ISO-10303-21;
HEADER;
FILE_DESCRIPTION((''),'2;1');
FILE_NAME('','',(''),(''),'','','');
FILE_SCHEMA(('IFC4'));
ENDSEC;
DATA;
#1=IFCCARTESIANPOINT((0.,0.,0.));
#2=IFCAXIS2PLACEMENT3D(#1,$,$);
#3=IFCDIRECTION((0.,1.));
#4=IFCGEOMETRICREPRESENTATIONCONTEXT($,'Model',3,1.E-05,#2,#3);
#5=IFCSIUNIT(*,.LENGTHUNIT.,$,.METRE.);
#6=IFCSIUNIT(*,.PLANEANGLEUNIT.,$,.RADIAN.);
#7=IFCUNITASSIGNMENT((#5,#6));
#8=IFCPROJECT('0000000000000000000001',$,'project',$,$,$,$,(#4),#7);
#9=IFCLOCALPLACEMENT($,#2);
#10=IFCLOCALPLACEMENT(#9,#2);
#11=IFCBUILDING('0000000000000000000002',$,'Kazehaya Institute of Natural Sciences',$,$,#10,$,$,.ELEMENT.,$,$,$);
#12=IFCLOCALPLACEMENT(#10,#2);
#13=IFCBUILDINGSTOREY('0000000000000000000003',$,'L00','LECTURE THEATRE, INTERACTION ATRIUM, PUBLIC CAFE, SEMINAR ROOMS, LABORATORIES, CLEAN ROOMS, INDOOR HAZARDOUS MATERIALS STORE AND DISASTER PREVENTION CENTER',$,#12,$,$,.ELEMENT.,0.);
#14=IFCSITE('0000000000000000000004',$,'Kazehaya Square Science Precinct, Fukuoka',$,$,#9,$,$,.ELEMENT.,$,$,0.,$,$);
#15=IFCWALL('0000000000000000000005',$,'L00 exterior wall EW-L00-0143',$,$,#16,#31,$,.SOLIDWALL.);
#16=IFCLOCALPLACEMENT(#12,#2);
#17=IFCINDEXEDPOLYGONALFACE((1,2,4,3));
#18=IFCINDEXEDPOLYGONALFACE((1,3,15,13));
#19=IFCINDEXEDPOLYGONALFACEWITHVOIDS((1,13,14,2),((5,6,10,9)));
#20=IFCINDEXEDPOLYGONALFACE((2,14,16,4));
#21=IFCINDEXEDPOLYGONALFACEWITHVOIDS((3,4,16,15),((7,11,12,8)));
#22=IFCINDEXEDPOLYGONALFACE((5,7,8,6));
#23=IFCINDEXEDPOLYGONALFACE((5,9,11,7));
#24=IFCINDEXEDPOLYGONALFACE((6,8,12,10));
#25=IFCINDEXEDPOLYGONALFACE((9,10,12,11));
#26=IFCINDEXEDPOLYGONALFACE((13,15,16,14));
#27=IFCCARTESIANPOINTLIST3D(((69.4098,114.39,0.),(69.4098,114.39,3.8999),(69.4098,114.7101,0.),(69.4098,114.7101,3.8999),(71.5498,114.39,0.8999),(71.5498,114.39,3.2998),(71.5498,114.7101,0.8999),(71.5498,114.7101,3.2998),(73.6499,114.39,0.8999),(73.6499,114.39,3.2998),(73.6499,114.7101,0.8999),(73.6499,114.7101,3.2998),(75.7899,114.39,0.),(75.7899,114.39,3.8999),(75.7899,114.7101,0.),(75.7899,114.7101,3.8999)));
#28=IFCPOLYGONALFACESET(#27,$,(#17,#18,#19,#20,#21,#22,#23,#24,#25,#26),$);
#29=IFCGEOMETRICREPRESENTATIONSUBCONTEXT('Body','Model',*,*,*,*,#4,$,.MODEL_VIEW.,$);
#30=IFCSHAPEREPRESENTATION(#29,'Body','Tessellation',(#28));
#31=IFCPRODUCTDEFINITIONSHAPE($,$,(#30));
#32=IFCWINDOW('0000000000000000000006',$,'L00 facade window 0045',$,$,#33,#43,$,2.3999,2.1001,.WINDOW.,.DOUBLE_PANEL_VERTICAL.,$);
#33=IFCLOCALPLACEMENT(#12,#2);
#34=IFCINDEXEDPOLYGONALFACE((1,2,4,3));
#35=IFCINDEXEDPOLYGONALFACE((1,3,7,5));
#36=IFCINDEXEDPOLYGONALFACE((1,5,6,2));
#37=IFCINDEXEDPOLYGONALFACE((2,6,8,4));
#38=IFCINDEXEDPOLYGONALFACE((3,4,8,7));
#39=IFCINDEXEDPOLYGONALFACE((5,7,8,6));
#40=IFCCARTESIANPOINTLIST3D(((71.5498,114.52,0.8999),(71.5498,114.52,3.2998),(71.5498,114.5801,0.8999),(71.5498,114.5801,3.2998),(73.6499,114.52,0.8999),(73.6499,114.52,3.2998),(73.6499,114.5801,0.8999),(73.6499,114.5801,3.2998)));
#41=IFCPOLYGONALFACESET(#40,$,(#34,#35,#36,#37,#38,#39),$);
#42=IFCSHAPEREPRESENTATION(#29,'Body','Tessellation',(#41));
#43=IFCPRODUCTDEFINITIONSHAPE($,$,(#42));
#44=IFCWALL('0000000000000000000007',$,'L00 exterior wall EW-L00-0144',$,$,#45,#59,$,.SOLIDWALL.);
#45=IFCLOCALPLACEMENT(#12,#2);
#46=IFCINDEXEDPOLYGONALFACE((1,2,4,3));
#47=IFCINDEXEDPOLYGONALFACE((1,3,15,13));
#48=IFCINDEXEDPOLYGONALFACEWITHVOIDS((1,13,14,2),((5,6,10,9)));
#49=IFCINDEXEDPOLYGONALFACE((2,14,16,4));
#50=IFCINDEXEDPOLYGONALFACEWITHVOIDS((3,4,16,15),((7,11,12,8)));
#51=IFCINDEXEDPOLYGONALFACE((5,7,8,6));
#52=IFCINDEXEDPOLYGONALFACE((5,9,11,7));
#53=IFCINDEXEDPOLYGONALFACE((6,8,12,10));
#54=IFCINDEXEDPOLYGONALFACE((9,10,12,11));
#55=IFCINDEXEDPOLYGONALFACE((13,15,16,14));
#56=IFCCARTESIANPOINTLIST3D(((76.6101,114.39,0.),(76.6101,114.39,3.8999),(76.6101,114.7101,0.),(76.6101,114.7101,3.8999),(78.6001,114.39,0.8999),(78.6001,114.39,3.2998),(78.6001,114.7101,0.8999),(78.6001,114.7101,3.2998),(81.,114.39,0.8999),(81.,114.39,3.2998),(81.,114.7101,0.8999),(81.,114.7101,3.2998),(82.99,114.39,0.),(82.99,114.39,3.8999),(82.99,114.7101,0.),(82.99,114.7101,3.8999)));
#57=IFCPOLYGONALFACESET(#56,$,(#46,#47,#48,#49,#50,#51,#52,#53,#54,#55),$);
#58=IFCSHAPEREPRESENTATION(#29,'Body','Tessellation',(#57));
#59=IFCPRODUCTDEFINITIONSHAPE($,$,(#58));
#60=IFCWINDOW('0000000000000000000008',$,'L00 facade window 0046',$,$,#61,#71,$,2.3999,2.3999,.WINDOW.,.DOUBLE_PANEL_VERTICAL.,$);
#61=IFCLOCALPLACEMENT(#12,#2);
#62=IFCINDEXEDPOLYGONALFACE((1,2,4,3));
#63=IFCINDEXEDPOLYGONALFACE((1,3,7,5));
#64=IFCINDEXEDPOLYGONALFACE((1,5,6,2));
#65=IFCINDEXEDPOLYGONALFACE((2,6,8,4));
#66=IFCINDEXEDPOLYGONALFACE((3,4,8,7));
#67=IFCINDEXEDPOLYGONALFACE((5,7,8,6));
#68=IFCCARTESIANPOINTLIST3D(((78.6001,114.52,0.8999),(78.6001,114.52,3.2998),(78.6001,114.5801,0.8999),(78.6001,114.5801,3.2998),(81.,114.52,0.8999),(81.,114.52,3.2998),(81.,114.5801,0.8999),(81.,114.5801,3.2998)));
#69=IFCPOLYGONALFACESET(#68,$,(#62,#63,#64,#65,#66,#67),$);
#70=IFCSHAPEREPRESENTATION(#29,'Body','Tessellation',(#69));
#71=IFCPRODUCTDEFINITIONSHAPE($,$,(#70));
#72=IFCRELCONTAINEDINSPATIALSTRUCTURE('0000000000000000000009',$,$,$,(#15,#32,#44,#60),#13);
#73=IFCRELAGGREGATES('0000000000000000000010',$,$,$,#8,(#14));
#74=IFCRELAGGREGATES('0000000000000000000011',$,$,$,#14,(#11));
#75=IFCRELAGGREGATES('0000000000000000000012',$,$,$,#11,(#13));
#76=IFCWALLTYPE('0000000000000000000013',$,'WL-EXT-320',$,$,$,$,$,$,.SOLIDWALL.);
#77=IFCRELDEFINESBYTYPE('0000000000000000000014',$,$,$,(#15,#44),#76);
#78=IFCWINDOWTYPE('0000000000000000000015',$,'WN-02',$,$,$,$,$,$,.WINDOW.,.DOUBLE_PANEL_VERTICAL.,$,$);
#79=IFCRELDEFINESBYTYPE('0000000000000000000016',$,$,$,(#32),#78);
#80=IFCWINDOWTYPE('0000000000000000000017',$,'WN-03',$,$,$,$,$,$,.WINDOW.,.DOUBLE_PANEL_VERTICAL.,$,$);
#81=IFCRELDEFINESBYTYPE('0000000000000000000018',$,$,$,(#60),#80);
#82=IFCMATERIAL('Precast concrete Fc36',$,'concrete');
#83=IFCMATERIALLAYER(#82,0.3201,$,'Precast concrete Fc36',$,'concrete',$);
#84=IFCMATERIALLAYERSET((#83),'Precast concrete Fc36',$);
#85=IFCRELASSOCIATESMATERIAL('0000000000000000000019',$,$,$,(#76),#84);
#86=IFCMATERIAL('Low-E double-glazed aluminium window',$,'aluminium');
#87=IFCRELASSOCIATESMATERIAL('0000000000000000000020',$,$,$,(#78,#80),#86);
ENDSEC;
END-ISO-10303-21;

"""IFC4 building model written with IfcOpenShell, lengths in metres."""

from ifc_helpers import new_model, si_unit, direction, frame, frame_2d, origin, place, context, subcontext, project, spatial, rectangle, extrude, material, layer, layer_set, type_object, element, fill, save


model = new_model("IFC4")

# Units and contexts
model_context = context("Model", 3, precision=1e-05, world=origin(), true_north=direction((0.0, 1.0)))
body_context = subcontext(model_context, "Body", "Model", "MODEL_VIEW")
ifc_project = project(units=[si_unit("LENGTHUNIT", "METRE"), si_unit("PLANEANGLEUNIT", "RADIAN")], contexts=[model_context])

# Site, building, storey
site_placement = place(None, origin())
site = spatial("IfcSite", under=ifc_project, at=site_placement, Name="Kazehaya Square Science Precinct, Fukuoka", CompositionType="ELEMENT", RefElevation=0.0)
building_placement = place(site_placement, origin())
building = spatial("IfcBuilding", under=site, at=building_placement, Name="Kazehaya Institute of Natural Sciences", CompositionType="ELEMENT")
storey_placement = place(building_placement, origin())
storey = spatial("IfcBuildingStorey", under=building, at=storey_placement, Name="L00", Description="LECTURE THEATRE, INTERACTION ATRIUM, PUBLIC CAFE, SEMINAR ROOMS, LABORATORIES, CLEAN ROOMS, INDOOR HAZARDOUS MATERIALS STORE AND DISASTER PREVENTION CENTER", CompositionType="ELEMENT", Elevation=0.0)

# Shared definitions
ifc_material_1 = material(Name="Precast concrete Fc36", Category="concrete")
ifc_layer = layer(ifc_material_1, 0.3201, Name="Precast concrete Fc36", Category="concrete")
ifc_layer_set = layer_set([ifc_layer], Name="Precast concrete Fc36")
wall_type = type_object("IfcWallType", Name="WL-EXT-320", PredefinedType="SOLIDWALL", material=ifc_layer_set)
ifc_material_2 = material(Name="Low-E double-glazed aluminium window", Category="aluminium")

# Walls, openings, windows
wall_1_placement = place(storey_placement, frame((69.4099, 114.55, 0.0), z_axis=(0.0, 0.0, 1.0), x_axis=(1.0, 0.0, 0.0)))
wall_1 = element("IfcWall", 1, at=wall_1_placement, inside=storey, type_object=wall_type, Name="L00 exterior wall EW-L00-0143", PredefinedType="SOLIDWALL", context=body_context, shape_type="SweptSolid", body=[
    extrude(rectangle(XDim=6.3801, YDim=0.3201, at=frame_2d((3.1899, 0.0))), origin(), (0.0, 0.0, 1.0), 3.8999),
])
opening_1_placement = place(wall_1_placement, frame((2.1399, 0.0, 0.8999)))
opening_1 = element("IfcOpeningElement", 2, at=opening_1_placement, cuts=wall_1, PredefinedType="OPENING", context=body_context, shape_type="SweptSolid", body=[
    extrude(rectangle(XDim=2.1001, YDim=2.3999, at=frame_2d((1.05, 1.2))), frame((0.0, 0.1699, 0.0), z_axis=(0.0, -1.0, 0.0), x_axis=(1.0, 0.0, 0.0)), (0.0, 0.0, 1.0), 0.3401),
])
window_type_1 = type_object("IfcWindowType", Name="WN-02", PartitioningType="DOUBLE_PANEL_VERTICAL", PredefinedType="WINDOW", material=ifc_material_2)
window_1_placement = place(opening_1_placement, origin())
window_1 = element("IfcWindow", 3, at=window_1_placement, inside=storey, type_object=window_type_1, Name="L00 facade window 0045", OverallHeight=2.3999, OverallWidth=2.1001, PartitioningType="DOUBLE_PANEL_VERTICAL", PredefinedType="WINDOW", context=body_context, shape_type="SweptSolid", body=[
    extrude(rectangle(XDim=2.1001, YDim=2.3999, at=frame_2d((1.05, 1.2))), frame((0.0, 0.03, 0.0), z_axis=(0.0, -1.0, 0.0), x_axis=(1.0, 0.0, 0.0)), (0.0, 0.0, 1.0), 0.0601),
])
fill(opening_1, window_1)
wall_2_placement = place(storey_placement, frame((76.6101, 114.55, 0.0), z_axis=(0.0, 0.0, 1.0), x_axis=(1.0, 0.0, 0.0)))
wall_2 = element("IfcWall", 4, at=wall_2_placement, inside=storey, type_object=wall_type, Name="L00 exterior wall EW-L00-0144", PredefinedType="SOLIDWALL", context=body_context, shape_type="SweptSolid", body=[
    extrude(rectangle(XDim=6.3799, YDim=0.3201, at=frame_2d((3.1899, 0.0))), origin(), (0.0, 0.0, 1.0), 3.8999),
])
opening_2_placement = place(wall_2_placement, frame((1.99, 0.0, 0.8999)))
opening_2 = element("IfcOpeningElement", 5, at=opening_2_placement, cuts=wall_2, PredefinedType="OPENING", context=body_context, shape_type="SweptSolid", body=[
    extrude(rectangle(XDim=2.3999, YDim=2.3999, at=frame_2d((1.2, 1.2))), frame((0.0, 0.1699, 0.0), z_axis=(0.0, -1.0, 0.0), x_axis=(1.0, 0.0, 0.0)), (0.0, 0.0, 1.0), 0.3401),
])
window_type_2 = type_object("IfcWindowType", Name="WN-03", PartitioningType="DOUBLE_PANEL_VERTICAL", PredefinedType="WINDOW", material=ifc_material_2)
window_2_placement = place(opening_2_placement, origin())
window_2 = element("IfcWindow", 6, at=window_2_placement, inside=storey, type_object=window_type_2, Name="L00 facade window 0046", OverallHeight=2.3999, OverallWidth=2.3999, PartitioningType="DOUBLE_PANEL_VERTICAL", PredefinedType="WINDOW", context=body_context, shape_type="SweptSolid", body=[
    extrude(rectangle(XDim=2.3999, YDim=2.3999, at=frame_2d((1.2, 1.2))), frame((0.0, 0.03, 0.0), z_axis=(0.0, -1.0, 0.0), x_axis=(1.0, 0.0, 0.0)), (0.0, 0.0, 1.0), 0.0601),
])
fill(opening_2, window_2)

save(model, "model.ifc")
